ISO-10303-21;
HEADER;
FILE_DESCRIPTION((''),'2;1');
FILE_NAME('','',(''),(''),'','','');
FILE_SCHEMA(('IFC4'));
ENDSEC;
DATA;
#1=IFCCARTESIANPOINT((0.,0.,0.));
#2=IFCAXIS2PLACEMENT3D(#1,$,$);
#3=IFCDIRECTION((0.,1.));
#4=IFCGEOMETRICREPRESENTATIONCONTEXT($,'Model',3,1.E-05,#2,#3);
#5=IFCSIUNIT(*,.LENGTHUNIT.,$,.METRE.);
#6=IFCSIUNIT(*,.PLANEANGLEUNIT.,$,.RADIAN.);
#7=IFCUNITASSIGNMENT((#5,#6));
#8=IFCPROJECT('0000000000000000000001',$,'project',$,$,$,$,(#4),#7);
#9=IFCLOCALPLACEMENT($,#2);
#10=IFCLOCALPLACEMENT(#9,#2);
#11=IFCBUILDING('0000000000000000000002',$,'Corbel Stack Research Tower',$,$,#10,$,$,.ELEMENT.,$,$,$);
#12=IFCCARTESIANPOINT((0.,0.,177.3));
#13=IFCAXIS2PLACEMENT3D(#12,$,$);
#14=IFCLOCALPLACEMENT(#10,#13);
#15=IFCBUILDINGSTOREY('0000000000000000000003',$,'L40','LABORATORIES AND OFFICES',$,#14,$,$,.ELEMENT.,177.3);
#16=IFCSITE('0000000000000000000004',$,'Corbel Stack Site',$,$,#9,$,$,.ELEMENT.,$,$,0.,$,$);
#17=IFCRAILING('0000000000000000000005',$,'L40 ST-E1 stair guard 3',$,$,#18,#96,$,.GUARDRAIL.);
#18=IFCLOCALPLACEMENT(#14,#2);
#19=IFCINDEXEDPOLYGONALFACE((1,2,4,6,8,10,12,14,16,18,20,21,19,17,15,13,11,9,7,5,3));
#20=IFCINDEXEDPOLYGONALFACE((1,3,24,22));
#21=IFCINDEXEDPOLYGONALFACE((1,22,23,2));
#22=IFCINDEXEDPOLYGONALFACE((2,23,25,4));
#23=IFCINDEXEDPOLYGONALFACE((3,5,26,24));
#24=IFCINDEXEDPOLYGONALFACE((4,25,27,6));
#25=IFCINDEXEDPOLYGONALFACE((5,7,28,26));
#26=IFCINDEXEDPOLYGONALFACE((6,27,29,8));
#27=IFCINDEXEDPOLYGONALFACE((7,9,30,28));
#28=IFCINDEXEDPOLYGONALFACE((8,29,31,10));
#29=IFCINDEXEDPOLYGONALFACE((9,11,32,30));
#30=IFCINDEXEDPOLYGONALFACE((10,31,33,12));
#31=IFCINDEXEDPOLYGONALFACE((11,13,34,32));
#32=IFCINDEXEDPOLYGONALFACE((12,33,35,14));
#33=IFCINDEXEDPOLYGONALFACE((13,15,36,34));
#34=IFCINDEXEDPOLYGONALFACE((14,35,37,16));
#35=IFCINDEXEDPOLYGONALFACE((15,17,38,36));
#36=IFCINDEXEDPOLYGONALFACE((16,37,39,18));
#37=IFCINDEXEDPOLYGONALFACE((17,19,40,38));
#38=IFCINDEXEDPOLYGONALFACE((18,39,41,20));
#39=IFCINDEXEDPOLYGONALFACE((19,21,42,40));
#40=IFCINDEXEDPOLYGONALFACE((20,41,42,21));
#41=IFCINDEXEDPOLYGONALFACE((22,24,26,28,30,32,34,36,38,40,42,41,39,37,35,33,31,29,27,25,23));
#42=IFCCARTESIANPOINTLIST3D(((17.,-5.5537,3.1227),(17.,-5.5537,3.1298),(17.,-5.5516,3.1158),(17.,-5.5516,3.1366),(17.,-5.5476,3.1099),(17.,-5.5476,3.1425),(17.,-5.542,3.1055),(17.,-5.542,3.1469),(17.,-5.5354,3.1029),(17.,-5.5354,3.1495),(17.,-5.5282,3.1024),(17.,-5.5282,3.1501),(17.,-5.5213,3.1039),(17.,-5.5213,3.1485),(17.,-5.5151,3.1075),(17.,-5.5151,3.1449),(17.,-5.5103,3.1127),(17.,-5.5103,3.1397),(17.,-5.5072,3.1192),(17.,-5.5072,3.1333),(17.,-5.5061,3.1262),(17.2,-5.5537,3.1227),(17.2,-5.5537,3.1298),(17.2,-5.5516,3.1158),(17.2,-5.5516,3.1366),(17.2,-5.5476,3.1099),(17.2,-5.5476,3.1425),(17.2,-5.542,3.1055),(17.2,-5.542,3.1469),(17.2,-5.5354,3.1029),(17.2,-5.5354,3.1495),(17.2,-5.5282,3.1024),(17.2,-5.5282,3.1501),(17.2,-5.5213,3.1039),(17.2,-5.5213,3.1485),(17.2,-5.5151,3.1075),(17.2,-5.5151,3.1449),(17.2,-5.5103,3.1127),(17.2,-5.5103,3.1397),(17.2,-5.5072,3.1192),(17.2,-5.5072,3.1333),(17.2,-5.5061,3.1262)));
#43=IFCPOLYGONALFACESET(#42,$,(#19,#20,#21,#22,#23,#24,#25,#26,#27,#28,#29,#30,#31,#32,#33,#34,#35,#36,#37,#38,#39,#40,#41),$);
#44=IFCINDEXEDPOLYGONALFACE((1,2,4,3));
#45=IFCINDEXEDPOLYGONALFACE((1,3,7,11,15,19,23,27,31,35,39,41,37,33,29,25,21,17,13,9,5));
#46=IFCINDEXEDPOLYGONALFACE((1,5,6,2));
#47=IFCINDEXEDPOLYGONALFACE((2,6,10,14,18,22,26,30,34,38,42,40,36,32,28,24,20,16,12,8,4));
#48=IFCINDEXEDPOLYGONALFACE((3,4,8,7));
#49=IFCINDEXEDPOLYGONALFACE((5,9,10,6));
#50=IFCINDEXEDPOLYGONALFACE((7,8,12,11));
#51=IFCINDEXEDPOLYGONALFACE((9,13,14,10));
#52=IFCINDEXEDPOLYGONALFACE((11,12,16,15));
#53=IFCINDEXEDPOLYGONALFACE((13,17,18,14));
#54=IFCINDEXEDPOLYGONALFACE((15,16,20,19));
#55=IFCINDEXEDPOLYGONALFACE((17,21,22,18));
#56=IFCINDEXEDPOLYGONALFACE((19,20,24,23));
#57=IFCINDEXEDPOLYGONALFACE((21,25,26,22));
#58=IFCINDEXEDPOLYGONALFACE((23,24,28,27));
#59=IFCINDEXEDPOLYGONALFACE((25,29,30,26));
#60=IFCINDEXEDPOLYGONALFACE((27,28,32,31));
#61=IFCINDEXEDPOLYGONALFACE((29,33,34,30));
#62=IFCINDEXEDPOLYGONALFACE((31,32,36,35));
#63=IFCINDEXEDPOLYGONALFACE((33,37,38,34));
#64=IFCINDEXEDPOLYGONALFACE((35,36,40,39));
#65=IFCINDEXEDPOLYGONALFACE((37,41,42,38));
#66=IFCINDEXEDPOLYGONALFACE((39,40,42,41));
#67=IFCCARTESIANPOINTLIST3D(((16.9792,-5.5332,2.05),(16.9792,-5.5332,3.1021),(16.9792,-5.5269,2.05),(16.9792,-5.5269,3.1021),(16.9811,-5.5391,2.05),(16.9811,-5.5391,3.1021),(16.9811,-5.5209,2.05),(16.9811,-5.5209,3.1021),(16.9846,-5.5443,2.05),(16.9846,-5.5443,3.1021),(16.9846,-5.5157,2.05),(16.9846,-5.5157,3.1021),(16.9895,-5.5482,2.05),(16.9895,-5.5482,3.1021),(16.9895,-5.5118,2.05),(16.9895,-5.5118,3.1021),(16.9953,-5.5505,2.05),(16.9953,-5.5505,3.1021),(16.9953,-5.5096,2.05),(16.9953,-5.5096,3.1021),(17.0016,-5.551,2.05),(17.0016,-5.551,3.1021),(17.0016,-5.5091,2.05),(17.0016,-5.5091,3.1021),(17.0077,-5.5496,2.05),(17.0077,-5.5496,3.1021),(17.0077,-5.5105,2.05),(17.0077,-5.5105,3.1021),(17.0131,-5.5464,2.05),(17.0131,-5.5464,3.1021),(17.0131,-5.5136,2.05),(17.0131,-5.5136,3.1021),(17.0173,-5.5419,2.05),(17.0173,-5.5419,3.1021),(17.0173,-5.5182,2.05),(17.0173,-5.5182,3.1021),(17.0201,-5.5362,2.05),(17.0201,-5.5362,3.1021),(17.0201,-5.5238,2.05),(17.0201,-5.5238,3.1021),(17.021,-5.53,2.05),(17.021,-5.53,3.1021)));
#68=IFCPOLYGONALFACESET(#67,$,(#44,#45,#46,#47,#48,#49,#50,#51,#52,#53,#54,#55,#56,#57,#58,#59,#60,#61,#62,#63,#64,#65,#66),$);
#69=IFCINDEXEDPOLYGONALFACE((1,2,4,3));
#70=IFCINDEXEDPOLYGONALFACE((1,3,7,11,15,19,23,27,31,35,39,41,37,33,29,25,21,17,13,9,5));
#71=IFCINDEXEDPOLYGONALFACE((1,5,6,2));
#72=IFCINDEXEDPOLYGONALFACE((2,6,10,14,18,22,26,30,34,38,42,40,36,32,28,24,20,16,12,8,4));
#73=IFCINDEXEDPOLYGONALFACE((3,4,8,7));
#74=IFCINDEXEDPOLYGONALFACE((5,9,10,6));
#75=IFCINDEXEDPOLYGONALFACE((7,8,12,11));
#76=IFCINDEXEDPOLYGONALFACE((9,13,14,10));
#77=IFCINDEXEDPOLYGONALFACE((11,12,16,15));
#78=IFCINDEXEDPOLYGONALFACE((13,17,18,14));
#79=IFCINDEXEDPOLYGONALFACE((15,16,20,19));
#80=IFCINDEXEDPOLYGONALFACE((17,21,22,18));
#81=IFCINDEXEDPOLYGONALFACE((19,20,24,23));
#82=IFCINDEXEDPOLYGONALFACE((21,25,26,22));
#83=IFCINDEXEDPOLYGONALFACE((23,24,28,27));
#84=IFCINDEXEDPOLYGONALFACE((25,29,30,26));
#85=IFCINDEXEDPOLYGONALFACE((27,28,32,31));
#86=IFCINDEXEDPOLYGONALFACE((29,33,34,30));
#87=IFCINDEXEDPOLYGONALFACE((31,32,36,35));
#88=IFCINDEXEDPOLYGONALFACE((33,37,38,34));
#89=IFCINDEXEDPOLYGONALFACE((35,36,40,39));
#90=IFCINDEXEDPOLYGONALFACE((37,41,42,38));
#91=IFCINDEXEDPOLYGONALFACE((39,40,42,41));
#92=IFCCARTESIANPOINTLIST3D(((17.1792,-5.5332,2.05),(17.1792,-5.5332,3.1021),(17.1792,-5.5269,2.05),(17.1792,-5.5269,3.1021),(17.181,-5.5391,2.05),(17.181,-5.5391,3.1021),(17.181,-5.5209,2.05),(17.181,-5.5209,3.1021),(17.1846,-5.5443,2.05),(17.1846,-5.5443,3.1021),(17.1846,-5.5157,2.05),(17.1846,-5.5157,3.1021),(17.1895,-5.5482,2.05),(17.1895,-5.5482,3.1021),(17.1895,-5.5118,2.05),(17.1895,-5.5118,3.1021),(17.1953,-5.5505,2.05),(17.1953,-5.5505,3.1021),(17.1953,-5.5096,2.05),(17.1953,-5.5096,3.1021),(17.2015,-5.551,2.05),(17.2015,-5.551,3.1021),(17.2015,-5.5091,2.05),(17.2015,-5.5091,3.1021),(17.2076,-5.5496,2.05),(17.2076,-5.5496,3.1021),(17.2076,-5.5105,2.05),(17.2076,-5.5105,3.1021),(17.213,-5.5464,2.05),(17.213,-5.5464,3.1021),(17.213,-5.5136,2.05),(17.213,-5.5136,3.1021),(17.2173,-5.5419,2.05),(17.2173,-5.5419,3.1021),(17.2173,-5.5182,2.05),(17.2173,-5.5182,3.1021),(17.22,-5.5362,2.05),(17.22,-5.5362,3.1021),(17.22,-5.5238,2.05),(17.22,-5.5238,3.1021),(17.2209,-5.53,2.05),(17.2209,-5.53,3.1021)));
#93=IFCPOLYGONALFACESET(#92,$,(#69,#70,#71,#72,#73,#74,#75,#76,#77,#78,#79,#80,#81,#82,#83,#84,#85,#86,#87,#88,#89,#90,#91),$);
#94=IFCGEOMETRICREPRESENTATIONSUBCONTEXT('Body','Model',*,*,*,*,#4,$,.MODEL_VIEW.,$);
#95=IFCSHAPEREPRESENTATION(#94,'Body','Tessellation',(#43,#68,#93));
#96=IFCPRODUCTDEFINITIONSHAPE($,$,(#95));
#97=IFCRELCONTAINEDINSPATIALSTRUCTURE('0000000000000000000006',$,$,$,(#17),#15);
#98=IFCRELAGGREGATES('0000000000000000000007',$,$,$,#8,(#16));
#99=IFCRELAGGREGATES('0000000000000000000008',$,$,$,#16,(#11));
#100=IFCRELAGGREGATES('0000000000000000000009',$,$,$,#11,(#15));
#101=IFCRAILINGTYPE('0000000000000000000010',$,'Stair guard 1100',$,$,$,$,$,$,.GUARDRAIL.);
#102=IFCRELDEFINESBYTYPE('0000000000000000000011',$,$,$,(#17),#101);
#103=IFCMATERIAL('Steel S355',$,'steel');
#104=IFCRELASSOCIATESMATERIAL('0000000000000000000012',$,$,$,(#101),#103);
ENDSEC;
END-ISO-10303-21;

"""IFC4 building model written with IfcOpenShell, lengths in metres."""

from ifc_helpers import new_model, si_unit, direction, frame, origin, origin_2d, place, context, subcontext, project, spatial, circle, extrude, material, type_object, element, save


model = new_model("IFC4")

# Units and contexts
model_context = context("Model", 3, precision=1e-05, world=origin(), true_north=direction((0.0, 1.0)))
body_context = subcontext(model_context, "Body", "Model", "MODEL_VIEW")
ifc_project = project(units=[si_unit("LENGTHUNIT", "METRE"), si_unit("PLANEANGLEUNIT", "RADIAN")], contexts=[model_context])

# Site, building, storey
site_placement = place(None, origin())
site = spatial("IfcSite", under=ifc_project, at=site_placement, Name="Corbel Stack Site", CompositionType="ELEMENT", RefElevation=0.0)
building_placement = place(site_placement, origin())
building = spatial("IfcBuilding", under=site, at=building_placement, Name="Corbel Stack Research Tower", CompositionType="ELEMENT")
storey_placement = place(building_placement, frame((0.0, 0.0, 177.3)))
storey = spatial("IfcBuildingStorey", under=building, at=storey_placement, Name="L40", Description="LABORATORIES AND OFFICES", CompositionType="ELEMENT", Elevation=177.3)

# Railing
ifc_material_1 = material(Name="Steel S355", Category="steel")
railing_type_1 = type_object("IfcRailingType", Name="Stair guard 1100", PredefinedType="GUARDRAIL", material=ifc_material_1)
railing_1_placement = place(storey_placement, frame((17.0, -5.53, 2.05)))
element("IfcRailing", 1, at=railing_1_placement, inside=storey, type_object=railing_type_1, Name="L40 ST-E1 stair guard 3", PredefinedType="GUARDRAIL", context=body_context, shape_type="SweptSolid", body=[
    extrude(circle(Radius=0.0239, at=origin_2d()), frame((0.0, 0.0, 1.0762), z_axis=(1.0, 0.0, 0.0), x_axis=(0.0, 1.0, 0.0)), (0.0, 0.0, 1.0), 0.2),
    extrude(circle(Radius=0.021, at=origin_2d()), origin(), (0.0, 0.0, 1.0), 1.052),
    extrude(circle(Radius=0.021, at=origin_2d()), frame((0.2, 0.0, 0.0)), (0.0, 0.0, 1.0), 1.052),
])

save(model, "model.ifc")
